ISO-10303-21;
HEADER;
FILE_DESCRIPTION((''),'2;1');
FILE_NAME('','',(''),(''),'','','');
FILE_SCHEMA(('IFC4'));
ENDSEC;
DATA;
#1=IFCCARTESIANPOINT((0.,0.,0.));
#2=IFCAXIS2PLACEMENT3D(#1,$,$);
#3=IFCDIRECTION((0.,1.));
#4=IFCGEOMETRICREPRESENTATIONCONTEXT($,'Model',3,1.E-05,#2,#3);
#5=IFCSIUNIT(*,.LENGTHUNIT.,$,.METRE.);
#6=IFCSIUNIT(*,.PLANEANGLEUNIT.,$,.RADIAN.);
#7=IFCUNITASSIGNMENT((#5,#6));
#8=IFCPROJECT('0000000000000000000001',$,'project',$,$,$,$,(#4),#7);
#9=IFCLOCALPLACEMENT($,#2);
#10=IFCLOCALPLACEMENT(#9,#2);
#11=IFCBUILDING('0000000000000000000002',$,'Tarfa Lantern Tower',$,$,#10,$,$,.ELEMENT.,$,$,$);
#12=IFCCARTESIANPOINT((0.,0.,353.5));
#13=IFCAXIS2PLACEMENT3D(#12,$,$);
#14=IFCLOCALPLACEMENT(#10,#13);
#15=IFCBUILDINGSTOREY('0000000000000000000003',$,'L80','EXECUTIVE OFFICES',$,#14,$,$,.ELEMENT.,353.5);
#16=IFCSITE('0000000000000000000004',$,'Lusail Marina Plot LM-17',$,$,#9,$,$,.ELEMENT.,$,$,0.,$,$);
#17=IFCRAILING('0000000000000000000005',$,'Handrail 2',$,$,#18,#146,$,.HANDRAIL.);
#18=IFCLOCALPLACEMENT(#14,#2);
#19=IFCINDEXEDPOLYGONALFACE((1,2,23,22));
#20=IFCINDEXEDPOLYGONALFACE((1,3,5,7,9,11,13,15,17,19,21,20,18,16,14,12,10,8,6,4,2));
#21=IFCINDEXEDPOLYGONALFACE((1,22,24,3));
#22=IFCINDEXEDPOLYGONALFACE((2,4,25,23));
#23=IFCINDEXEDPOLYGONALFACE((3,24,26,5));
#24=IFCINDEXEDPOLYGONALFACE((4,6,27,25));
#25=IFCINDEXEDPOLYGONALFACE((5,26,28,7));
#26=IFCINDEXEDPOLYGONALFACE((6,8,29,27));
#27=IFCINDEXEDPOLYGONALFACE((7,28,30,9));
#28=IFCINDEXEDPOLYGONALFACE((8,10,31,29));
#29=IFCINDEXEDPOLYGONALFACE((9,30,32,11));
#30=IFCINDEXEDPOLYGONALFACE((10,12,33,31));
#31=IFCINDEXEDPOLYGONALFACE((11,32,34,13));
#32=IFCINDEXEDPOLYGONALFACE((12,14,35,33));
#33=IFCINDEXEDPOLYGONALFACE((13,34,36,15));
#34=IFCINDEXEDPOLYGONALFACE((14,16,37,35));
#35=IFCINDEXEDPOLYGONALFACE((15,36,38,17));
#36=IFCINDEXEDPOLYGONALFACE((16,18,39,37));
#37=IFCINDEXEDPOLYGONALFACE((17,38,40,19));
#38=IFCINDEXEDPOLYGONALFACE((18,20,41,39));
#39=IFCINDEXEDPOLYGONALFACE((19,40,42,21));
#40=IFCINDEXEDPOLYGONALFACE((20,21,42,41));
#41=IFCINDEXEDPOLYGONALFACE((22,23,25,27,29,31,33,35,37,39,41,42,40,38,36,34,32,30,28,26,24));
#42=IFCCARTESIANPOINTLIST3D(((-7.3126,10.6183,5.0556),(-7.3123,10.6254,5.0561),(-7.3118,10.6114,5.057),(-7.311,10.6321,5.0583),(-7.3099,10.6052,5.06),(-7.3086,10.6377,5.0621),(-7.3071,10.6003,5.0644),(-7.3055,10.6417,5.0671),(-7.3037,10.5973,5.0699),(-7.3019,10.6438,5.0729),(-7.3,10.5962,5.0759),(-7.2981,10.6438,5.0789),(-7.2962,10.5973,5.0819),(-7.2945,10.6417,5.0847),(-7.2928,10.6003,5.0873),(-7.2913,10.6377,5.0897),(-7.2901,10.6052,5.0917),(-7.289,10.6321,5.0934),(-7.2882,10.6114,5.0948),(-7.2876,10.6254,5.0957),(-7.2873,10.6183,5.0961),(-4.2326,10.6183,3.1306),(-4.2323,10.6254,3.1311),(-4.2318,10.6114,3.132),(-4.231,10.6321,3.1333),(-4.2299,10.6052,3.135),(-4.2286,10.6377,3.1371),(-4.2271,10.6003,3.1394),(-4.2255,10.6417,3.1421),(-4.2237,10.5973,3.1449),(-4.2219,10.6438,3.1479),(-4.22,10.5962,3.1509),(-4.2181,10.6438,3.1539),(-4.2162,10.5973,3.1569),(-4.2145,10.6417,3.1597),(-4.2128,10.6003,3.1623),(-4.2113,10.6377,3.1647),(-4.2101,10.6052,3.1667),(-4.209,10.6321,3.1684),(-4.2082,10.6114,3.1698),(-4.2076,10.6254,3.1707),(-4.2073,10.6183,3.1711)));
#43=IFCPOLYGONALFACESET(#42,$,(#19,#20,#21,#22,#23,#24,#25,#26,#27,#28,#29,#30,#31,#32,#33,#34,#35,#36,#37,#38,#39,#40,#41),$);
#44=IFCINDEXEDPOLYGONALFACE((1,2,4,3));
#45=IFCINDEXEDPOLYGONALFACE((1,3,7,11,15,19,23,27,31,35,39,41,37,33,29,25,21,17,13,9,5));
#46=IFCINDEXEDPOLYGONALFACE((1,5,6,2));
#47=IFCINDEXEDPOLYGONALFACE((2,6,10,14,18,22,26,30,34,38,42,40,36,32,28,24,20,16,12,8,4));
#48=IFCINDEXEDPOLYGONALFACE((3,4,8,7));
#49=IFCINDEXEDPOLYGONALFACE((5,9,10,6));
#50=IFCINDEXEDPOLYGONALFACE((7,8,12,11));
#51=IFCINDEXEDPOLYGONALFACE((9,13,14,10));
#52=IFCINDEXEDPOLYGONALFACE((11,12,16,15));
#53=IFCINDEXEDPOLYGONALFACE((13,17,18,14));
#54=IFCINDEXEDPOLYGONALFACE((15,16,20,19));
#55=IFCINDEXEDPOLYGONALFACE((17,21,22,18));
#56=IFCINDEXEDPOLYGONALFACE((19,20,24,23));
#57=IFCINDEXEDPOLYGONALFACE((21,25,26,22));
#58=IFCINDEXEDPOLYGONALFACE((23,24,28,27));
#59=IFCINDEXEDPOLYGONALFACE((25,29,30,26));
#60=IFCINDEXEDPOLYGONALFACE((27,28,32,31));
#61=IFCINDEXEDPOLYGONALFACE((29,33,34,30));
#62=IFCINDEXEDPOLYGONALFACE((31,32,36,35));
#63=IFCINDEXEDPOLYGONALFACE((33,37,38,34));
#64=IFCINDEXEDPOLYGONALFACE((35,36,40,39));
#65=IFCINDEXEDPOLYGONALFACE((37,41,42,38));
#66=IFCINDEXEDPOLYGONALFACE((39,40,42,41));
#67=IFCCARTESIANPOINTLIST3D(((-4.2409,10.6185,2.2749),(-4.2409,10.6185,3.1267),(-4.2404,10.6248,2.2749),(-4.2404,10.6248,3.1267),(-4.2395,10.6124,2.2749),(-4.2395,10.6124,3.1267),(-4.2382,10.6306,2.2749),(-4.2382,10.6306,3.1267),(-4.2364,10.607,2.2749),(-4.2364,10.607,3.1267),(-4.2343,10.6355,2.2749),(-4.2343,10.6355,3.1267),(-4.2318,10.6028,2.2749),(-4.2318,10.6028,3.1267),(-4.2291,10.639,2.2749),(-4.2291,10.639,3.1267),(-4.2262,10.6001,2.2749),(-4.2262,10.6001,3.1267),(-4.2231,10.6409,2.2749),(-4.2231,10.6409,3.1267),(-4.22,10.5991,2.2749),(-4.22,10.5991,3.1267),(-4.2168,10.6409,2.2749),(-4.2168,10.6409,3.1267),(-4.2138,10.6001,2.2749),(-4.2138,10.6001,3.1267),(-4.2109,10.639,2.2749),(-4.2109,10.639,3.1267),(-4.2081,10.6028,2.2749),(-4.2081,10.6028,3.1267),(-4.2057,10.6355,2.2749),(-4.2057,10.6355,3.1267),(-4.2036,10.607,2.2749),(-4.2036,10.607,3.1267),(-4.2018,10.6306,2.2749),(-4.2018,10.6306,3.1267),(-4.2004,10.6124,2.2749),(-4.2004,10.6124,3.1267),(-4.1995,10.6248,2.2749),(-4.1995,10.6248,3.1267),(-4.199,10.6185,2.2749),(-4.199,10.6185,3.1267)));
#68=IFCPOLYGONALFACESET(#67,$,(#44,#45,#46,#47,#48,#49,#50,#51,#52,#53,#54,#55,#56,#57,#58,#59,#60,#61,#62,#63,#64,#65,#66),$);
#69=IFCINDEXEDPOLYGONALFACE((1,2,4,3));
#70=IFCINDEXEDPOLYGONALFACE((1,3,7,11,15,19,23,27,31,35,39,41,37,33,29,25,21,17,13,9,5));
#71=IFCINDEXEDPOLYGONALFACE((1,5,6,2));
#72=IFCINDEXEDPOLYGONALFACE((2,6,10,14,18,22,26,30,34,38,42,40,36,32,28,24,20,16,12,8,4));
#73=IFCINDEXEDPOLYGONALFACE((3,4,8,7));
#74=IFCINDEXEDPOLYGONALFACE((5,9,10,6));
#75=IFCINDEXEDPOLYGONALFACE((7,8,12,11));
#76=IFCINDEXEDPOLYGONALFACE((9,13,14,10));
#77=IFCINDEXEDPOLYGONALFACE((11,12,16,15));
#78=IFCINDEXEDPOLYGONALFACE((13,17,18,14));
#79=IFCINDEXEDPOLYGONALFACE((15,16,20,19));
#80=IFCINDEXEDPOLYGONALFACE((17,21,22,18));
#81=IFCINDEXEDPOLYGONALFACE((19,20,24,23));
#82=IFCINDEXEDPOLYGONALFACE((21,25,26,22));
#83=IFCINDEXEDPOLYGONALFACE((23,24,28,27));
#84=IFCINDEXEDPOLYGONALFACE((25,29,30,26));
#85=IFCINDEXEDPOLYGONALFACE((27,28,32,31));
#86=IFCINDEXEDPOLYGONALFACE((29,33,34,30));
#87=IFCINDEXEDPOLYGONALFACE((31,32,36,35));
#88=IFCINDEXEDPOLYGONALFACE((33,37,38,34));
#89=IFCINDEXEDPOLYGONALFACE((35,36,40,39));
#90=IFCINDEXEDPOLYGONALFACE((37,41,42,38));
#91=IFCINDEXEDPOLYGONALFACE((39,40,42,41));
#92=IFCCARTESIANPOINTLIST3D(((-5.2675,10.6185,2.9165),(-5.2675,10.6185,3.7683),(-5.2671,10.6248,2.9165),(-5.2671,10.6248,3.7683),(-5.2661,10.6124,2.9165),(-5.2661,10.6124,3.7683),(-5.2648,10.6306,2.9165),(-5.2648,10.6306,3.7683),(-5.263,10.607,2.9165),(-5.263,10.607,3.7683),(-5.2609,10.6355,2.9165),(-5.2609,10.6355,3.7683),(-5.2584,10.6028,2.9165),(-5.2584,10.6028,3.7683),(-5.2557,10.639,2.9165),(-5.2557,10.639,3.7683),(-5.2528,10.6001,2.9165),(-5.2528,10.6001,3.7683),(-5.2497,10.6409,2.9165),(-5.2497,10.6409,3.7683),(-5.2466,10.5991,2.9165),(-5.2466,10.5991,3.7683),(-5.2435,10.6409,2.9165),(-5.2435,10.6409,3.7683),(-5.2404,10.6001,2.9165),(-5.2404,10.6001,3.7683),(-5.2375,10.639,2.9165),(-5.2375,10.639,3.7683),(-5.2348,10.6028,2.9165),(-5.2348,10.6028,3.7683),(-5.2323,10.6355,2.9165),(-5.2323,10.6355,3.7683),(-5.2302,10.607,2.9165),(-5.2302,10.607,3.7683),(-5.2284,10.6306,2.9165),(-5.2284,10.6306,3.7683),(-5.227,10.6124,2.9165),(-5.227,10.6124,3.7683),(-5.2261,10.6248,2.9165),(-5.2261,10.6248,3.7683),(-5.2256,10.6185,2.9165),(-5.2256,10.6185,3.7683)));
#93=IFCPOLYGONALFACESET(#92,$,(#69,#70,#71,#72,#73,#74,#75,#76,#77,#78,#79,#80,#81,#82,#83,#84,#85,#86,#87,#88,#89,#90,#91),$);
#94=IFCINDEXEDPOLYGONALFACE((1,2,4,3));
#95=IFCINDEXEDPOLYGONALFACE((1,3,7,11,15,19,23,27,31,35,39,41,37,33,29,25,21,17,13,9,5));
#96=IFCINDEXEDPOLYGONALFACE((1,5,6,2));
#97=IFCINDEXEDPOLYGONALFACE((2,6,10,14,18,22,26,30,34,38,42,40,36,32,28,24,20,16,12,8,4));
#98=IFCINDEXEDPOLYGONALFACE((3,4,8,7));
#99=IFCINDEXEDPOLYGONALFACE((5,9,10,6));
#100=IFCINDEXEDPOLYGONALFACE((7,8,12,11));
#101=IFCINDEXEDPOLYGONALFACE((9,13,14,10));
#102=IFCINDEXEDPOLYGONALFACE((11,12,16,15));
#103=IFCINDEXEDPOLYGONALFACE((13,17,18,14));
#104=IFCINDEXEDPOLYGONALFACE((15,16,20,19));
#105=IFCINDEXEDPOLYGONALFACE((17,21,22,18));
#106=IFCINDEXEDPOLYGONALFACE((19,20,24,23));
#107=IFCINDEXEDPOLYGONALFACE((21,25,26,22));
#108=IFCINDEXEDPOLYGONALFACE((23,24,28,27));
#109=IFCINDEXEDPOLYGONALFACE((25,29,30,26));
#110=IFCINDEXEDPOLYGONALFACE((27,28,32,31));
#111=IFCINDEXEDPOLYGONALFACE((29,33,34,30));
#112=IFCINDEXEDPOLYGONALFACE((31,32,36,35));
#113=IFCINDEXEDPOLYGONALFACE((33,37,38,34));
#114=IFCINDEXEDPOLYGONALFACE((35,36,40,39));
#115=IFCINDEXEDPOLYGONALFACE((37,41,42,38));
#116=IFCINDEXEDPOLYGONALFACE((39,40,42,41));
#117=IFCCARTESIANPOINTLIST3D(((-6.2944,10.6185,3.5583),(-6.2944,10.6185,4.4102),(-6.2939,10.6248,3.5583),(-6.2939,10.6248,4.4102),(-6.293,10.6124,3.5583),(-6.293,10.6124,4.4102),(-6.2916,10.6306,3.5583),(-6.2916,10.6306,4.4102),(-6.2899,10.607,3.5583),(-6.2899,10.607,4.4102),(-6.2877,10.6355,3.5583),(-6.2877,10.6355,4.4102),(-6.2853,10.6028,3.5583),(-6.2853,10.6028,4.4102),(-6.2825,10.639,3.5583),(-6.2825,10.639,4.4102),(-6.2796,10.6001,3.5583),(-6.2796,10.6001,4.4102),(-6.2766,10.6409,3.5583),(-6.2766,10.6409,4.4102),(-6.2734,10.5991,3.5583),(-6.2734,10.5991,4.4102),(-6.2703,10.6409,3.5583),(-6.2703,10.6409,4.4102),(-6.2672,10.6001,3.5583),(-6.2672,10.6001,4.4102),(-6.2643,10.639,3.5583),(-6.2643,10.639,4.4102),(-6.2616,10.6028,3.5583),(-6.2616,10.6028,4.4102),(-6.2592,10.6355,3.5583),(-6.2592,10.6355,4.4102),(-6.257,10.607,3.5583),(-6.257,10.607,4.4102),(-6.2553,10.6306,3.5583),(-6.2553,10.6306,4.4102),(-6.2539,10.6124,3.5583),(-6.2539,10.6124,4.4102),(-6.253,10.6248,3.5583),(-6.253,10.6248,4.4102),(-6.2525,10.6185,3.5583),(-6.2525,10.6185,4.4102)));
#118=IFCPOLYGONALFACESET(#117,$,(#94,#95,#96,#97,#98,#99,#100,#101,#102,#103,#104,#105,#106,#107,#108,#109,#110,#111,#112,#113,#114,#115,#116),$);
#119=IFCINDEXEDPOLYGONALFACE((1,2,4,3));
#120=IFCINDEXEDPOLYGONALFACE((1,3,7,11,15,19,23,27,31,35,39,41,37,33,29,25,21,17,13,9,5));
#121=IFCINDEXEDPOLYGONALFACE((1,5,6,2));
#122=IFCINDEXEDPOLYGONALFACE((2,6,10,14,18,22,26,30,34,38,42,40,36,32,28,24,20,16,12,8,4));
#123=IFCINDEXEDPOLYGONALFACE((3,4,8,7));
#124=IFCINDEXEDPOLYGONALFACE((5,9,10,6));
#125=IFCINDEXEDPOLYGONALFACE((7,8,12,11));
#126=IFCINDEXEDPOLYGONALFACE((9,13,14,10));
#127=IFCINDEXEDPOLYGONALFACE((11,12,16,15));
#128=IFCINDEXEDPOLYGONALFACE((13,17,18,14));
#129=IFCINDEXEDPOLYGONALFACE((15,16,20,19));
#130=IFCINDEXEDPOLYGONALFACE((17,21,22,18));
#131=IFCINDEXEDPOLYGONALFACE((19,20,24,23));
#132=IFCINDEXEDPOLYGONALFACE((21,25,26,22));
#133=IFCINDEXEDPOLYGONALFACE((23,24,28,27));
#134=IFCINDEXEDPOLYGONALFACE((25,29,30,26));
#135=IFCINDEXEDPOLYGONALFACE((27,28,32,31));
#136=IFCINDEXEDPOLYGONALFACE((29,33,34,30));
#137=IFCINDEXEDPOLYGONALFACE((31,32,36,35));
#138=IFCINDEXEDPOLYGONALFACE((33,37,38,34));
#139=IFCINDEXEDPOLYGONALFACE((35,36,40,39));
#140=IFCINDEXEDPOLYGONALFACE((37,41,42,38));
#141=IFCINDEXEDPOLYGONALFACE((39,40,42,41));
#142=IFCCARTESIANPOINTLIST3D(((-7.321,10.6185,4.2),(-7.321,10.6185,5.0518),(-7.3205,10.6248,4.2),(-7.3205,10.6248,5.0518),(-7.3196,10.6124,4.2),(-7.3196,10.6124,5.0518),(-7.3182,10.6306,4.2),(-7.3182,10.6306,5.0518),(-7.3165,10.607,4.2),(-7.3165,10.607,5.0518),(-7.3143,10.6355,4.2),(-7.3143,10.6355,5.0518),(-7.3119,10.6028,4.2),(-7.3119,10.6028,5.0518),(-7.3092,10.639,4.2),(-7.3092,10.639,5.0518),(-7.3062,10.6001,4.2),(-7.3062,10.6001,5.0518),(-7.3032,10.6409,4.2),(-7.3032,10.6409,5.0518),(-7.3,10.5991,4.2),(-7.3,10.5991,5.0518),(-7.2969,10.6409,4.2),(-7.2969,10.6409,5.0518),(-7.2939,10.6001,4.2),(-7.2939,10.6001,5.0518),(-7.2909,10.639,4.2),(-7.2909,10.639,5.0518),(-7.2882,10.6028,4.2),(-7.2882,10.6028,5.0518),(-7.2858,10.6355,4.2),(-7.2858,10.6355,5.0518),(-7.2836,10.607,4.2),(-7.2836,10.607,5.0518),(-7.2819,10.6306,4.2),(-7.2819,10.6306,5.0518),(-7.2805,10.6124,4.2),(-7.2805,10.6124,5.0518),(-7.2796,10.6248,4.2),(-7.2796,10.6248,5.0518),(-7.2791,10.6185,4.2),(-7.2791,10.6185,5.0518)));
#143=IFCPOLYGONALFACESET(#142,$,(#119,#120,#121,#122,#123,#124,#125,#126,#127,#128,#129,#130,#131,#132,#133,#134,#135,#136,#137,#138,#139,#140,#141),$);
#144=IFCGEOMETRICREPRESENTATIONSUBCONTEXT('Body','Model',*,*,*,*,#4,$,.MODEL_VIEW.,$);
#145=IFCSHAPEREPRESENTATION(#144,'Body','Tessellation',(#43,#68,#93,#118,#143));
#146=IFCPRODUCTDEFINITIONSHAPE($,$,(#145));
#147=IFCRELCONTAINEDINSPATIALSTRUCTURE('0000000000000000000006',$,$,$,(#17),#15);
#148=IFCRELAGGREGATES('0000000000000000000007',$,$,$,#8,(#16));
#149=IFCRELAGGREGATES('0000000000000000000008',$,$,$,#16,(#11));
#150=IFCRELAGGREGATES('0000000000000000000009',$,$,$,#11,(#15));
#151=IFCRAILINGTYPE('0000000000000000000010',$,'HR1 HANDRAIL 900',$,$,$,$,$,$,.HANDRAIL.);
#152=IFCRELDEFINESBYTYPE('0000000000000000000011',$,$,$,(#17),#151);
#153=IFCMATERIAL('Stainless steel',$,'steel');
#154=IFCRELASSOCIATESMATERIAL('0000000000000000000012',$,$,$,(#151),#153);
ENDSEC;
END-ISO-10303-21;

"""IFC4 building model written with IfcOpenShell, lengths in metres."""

from ifc_helpers import new_model, si_unit, direction, frame, origin, origin_2d, place, context, subcontext, project, spatial, circle, extrude, material, type_object, element, save


model = new_model("IFC4")

# Units and contexts
model_context = context("Model", 3, precision=1e-05, world=origin(), true_north=direction((0.0, 1.0)))
body_context = subcontext(model_context, "Body", "Model", "MODEL_VIEW")
ifc_project = project(units=[si_unit("LENGTHUNIT", "METRE"), si_unit("PLANEANGLEUNIT", "RADIAN")], contexts=[model_context])

# Site, building, storey
site_placement = place(None, origin())
site = spatial("IfcSite", under=ifc_project, at=site_placement, Name="Lusail Marina Plot LM-17", CompositionType="ELEMENT", RefElevation=0.0)
building_placement = place(site_placement, origin())
building = spatial("IfcBuilding", under=site, at=building_placement, Name="Tarfa Lantern Tower", CompositionType="ELEMENT")
storey_placement = place(building_placement, frame((0.0, 0.0, 353.5)))
storey = spatial("IfcBuildingStorey", under=building, at=storey_placement, Name="L80", Description="EXECUTIVE OFFICES", CompositionType="ELEMENT", Elevation=353.5)

# Railing
ifc_material_1 = material(Name="Stainless steel", Category="steel")
railing_type = type_object("IfcRailingType", Name="HR1 HANDRAIL 900", PredefinedType="HANDRAIL", material=ifc_material_1)
railing_1_placement = place(storey_placement, frame((-4.22, 10.6201, 2.2749)))
element("IfcRailing", 1, at=railing_1_placement, inside=storey, type_object=railing_type, Name="Handrail 2", PredefinedType="HANDRAIL", context=body_context, shape_type="SweptSolid", body=[
    extrude(circle(Radius=0.0239, at=origin_2d()), frame((0.0, 0.0, 0.876), z_axis=(-0.847998, 0.0, 0.529999), x_axis=(0.0, -1.0, 0.0)), (0.0, 0.0, 1.0), 3.6321),
    extrude(circle(Radius=0.021, at=origin_2d()), frame((0.0, 0.0, 0.0), z_axis=(0.0, 0.0, 1.0), x_axis=(0.0, -1.0, 0.0)), (0.0, 0.0, 1.0), 0.8518),
    extrude(circle(Radius=0.021, at=origin_2d()), frame((-1.0266, 0.0, 0.6416), z_axis=(0.0, 0.0, 1.0), x_axis=(0.0, -1.0, 0.0)), (0.0, 0.0, 1.0), 0.8518),
    extrude(circle(Radius=0.021, at=origin_2d()), frame((-2.0535, 0.0, 1.2834), z_axis=(0.0, 0.0, 1.0), x_axis=(0.0, -1.0, 0.0)), (0.0, 0.0, 1.0), 0.8518),
    extrude(circle(Radius=0.021, at=origin_2d()), frame((-3.0801, 0.0, 1.925), z_axis=(0.0, 0.0, 1.0), x_axis=(0.0, -1.0, 0.0)), (0.0, 0.0, 1.0), 0.8518),
])

save(model, "model.ifc")
